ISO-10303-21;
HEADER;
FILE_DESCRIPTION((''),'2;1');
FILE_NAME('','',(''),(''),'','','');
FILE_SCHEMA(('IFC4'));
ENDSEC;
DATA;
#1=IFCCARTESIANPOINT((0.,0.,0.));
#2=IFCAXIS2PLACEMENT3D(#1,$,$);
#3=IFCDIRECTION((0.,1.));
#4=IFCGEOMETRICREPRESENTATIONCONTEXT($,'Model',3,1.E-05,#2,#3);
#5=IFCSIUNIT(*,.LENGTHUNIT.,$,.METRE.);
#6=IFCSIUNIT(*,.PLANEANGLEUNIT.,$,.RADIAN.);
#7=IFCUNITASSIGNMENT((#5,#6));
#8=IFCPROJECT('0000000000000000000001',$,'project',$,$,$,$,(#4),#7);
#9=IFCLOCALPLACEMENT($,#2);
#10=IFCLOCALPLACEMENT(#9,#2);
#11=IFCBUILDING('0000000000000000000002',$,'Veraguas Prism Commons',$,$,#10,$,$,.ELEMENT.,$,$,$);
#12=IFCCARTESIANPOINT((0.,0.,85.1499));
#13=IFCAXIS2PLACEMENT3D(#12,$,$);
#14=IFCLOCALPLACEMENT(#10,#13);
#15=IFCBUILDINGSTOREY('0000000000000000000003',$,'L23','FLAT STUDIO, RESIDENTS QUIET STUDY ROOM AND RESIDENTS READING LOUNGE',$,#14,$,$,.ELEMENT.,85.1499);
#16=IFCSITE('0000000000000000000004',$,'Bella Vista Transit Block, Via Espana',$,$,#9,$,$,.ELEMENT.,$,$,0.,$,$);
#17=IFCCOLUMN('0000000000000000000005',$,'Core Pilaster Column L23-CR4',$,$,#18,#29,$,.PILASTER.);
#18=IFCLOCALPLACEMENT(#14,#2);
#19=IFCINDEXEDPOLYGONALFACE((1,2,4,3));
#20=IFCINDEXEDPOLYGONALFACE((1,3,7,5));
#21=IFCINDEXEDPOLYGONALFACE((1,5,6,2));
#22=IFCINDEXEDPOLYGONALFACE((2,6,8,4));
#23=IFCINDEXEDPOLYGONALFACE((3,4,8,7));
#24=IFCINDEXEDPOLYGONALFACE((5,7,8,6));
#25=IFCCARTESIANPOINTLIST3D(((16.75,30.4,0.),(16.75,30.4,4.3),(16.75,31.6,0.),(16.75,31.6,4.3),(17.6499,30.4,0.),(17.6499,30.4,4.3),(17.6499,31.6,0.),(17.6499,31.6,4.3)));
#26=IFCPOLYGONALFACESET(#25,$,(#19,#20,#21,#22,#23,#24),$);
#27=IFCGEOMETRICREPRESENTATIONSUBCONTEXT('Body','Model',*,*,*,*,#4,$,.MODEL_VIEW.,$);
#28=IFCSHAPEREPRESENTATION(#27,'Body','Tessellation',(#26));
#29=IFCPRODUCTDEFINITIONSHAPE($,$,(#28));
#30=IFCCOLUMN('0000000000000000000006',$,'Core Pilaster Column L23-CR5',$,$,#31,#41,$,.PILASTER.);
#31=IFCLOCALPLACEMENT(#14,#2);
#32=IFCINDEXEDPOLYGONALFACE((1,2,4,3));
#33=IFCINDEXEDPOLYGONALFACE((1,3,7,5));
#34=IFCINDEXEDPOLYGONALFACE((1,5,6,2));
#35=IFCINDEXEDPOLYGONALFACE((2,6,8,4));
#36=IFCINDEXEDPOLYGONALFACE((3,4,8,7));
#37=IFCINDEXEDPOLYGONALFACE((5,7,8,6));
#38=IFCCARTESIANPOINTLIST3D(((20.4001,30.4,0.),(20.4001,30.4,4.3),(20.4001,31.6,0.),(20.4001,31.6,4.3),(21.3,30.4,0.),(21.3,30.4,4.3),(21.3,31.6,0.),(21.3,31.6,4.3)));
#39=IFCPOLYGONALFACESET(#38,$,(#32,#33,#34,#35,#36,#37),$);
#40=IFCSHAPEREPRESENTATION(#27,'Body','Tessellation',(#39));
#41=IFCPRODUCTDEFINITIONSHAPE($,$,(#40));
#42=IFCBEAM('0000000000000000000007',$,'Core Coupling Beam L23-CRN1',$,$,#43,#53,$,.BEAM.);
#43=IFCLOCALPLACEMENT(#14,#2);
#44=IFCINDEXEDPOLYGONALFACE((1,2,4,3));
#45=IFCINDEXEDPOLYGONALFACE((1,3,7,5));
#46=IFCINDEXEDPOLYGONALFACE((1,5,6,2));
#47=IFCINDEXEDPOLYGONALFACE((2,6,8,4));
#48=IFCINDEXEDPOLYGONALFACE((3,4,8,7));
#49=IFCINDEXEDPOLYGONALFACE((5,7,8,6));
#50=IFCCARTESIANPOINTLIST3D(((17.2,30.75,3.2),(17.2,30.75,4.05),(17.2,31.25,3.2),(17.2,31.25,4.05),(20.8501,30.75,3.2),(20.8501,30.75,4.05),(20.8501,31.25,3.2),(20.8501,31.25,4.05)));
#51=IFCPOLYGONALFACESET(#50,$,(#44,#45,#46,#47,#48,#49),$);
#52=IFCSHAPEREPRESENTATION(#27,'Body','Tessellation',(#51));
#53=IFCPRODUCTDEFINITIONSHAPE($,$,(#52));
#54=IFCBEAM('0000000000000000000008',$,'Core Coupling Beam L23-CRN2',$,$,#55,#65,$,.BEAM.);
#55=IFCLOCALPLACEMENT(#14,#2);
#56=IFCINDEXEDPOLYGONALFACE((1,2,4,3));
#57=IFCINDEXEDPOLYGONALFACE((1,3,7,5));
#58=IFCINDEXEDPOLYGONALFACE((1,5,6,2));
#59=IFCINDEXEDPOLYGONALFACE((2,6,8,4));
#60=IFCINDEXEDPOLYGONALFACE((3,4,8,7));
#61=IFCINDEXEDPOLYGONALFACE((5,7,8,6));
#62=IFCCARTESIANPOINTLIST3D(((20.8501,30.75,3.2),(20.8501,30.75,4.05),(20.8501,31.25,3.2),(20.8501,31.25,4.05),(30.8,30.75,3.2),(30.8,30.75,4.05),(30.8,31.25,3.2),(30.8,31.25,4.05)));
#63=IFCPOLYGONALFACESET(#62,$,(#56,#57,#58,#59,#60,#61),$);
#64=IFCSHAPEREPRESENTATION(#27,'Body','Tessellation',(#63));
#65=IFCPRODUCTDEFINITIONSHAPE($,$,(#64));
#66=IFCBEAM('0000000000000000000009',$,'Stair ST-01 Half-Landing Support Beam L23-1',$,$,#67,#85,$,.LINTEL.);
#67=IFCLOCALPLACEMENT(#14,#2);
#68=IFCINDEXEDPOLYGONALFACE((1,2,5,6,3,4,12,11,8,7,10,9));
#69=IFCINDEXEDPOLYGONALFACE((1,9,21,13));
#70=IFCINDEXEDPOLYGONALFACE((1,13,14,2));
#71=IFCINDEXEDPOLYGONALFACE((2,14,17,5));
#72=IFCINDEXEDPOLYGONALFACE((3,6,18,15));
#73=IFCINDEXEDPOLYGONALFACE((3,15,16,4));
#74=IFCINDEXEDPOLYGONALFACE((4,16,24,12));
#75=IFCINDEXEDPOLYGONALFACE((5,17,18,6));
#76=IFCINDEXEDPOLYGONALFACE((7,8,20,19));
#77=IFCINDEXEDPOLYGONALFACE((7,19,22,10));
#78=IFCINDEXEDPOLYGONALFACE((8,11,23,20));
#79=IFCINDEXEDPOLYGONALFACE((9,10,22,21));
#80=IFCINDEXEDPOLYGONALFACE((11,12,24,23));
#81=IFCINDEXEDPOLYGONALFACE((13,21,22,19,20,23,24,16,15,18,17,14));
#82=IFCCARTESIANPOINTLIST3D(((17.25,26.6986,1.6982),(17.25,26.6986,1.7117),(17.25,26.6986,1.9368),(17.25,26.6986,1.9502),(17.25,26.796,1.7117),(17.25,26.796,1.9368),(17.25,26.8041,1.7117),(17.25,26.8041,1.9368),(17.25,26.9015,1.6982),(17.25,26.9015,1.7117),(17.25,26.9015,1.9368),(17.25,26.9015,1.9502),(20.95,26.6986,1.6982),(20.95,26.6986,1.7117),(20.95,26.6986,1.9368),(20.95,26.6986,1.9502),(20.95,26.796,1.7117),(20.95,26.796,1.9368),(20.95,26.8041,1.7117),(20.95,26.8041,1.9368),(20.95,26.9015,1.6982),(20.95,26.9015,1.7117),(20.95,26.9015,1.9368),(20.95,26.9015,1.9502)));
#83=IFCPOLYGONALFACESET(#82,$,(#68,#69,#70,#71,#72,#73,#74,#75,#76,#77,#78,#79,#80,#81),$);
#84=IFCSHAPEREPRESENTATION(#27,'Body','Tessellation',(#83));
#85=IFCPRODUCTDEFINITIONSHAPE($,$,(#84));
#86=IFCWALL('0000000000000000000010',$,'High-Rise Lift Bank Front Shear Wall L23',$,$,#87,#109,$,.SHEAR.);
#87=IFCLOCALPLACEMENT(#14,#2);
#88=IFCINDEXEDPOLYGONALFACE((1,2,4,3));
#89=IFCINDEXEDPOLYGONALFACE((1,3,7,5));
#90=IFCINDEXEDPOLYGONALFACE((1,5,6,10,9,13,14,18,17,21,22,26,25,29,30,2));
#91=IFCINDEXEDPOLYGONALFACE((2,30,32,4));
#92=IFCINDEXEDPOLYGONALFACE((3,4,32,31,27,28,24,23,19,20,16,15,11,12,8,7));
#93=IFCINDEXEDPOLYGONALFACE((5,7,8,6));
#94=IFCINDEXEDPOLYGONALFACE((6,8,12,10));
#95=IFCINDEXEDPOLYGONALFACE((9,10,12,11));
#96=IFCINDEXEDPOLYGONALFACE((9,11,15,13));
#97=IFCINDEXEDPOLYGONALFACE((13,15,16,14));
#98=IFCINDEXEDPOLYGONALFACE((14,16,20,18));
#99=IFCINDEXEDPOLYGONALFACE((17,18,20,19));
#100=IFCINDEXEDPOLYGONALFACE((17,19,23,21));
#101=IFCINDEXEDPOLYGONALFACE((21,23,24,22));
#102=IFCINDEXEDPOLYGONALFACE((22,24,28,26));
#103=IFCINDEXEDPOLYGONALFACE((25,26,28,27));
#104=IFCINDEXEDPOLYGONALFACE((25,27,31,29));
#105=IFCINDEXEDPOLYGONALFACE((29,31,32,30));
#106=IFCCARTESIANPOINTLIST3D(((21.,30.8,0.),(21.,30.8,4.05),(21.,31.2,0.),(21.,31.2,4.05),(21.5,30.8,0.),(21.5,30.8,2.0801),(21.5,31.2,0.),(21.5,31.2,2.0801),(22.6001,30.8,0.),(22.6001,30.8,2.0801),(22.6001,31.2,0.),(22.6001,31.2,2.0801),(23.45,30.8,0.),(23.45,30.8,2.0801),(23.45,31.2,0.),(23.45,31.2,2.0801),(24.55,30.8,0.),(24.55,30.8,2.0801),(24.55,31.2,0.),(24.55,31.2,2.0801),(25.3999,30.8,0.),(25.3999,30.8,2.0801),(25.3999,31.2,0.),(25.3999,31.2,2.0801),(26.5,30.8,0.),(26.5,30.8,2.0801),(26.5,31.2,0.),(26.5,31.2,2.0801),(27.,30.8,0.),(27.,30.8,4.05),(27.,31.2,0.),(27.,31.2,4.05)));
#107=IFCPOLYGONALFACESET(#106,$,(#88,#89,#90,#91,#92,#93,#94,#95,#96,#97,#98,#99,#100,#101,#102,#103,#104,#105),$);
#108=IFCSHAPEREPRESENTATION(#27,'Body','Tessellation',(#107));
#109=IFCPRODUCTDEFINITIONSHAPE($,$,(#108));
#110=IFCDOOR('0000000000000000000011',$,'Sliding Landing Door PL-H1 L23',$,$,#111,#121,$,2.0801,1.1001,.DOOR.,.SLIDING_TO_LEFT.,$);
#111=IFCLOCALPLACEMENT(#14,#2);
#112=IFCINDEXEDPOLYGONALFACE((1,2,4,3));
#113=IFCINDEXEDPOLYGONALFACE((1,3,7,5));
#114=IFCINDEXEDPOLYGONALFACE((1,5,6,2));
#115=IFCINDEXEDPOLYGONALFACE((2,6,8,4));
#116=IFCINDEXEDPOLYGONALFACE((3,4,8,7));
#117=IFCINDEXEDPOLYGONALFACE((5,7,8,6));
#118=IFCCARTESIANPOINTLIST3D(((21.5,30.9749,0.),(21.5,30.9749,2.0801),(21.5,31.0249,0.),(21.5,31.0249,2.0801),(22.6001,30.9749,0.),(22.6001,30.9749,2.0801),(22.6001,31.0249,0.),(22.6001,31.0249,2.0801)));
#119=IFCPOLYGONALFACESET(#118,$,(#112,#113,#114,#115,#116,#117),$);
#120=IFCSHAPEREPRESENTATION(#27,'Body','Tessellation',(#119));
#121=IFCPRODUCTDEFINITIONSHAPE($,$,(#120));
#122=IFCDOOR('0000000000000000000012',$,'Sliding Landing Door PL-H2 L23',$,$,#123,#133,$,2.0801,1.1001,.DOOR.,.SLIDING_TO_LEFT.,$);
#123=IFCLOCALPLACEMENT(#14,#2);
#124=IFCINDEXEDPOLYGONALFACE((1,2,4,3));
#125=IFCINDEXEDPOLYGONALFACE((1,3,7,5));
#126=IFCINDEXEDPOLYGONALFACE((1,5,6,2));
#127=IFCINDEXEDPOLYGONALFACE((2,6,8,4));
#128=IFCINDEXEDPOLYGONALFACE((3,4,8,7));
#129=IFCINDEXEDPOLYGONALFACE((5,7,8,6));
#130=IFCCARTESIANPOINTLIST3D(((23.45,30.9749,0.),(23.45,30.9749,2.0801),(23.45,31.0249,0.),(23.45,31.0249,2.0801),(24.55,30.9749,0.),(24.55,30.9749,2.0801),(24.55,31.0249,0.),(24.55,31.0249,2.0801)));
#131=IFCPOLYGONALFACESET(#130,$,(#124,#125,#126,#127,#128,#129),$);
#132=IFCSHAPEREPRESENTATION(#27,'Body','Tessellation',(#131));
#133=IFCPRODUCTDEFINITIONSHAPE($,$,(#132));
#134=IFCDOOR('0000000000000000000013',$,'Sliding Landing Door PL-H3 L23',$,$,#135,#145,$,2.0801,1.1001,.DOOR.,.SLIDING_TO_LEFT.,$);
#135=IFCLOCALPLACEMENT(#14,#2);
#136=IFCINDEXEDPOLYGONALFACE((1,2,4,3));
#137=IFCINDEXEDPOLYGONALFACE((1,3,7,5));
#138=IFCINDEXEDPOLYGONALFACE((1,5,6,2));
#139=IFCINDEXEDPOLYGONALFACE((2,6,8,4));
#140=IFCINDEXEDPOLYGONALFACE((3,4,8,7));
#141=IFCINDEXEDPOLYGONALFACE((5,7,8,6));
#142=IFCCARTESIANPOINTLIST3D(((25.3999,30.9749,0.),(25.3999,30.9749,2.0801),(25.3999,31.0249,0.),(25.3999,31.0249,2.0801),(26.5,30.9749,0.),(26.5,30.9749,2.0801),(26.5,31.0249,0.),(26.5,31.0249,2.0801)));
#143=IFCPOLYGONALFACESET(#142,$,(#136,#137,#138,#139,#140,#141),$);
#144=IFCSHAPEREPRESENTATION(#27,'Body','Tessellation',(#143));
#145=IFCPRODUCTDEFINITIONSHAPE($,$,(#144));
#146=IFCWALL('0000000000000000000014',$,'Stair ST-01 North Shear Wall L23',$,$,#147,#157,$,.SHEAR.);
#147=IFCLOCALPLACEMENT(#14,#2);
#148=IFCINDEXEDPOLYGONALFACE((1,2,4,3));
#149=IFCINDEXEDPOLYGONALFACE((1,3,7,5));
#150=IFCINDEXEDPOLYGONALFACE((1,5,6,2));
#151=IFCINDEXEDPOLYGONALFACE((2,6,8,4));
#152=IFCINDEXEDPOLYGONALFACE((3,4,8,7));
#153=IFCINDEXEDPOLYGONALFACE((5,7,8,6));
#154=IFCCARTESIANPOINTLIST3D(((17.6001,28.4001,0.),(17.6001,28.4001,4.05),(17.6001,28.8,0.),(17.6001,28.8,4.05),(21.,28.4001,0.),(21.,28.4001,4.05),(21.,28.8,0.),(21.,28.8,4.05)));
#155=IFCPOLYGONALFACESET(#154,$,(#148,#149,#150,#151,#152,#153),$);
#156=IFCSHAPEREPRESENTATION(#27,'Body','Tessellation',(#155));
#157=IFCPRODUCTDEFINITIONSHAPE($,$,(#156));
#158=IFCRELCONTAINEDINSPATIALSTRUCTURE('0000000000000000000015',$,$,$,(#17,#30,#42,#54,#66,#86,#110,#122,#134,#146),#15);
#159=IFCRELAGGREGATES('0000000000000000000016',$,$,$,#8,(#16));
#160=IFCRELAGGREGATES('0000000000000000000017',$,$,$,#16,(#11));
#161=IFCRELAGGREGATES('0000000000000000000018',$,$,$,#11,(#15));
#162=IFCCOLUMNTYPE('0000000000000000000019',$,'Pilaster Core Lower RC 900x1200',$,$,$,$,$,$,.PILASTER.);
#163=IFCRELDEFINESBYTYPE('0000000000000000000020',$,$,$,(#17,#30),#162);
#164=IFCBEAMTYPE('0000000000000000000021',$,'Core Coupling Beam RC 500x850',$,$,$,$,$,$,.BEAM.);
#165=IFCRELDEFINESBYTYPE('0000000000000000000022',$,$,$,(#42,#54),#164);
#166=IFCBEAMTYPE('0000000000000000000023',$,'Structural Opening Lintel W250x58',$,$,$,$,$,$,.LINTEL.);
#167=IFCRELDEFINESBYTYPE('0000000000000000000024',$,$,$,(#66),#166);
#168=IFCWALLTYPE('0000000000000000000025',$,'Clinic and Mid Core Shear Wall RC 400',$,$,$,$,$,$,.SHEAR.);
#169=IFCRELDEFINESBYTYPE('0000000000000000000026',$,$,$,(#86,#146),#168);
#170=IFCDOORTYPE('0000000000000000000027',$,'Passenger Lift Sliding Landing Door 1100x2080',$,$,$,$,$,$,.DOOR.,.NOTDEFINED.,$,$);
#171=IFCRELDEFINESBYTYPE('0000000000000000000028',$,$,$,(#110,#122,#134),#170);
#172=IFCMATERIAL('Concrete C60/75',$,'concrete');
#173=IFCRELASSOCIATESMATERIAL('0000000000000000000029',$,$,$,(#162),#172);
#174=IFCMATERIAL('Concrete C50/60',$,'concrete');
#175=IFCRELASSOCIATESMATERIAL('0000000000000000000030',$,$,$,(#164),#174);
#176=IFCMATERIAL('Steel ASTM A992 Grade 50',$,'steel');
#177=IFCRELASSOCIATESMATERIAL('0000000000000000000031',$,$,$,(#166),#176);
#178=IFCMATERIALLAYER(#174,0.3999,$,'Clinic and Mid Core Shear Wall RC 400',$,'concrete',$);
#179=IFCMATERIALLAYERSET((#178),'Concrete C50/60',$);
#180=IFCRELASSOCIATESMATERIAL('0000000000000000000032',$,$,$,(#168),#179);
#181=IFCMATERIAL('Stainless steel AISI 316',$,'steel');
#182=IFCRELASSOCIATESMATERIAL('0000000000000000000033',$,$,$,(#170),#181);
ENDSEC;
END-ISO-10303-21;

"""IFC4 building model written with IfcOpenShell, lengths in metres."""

from ifc_helpers import new_model, si_unit, direction, frame, frame_2d, origin, origin_2d, place, context, subcontext, project, spatial, rectangle, i_section, extrude, source, transform, mapped, material, layer, layer_set, material_profile, profile_set, type_object, element, fill, save


model = new_model("IFC4")

# Units and contexts
model_context = context("Model", 3, precision=1e-05, world=origin(), true_north=direction((0.0, 1.0)))
body_context = subcontext(model_context, "Body", "Model", "MODEL_VIEW")
ifc_project = project(units=[si_unit("LENGTHUNIT", "METRE"), si_unit("PLANEANGLEUNIT", "RADIAN")], contexts=[model_context])

# Site, building, storey
site_placement = place(None, origin())
site = spatial("IfcSite", under=ifc_project, at=site_placement, Name="Bella Vista Transit Block, Via Espana", CompositionType="ELEMENT", RefElevation=0.0)
building_placement = place(site_placement, origin())
building = spatial("IfcBuilding", under=site, at=building_placement, Name="Veraguas Prism Commons", CompositionType="ELEMENT")
storey_placement = place(building_placement, frame((0.0, 0.0, 85.1499)))
storey = spatial("IfcBuildingStorey", under=building, at=storey_placement, Name="L23", Description="FLAT STUDIO, RESIDENTS QUIET STUDY ROOM AND RESIDENTS READING LOUNGE", CompositionType="ELEMENT", Elevation=85.1499)

# Columns
ifc_material_1 = material(Name="Concrete C60/75", Category="concrete")
ifc_material_profile_1 = material_profile(ifc_material_1, rectangle(XDim=0.8999, YDim=1.2, at=origin_2d()), Name="RC900X1200")
ifc_profile_set_1 = profile_set([ifc_material_profile_1], Name="Concrete C60/75")
column_type = type_object("IfcColumnType", Name="Pilaster Core Lower RC 900x1200", PredefinedType="PILASTER", material=ifc_profile_set_1)
for number, where, z_axis, x_axis, name in (
    (1, (17.2, 31.0, 0.0), (0.0, 0.0, 1.0), (1.0, 0.0, 0.0), "Core Pilaster Column L23-CR4"),
    (2, (20.8501, 31.0, 0.0), (0.0, 0.0, 1.0), (1.0, 0.0, 0.0), "Core Pilaster Column L23-CR5"),
):
    element("IfcColumn", number, at=place(storey_placement, frame(where, z_axis=z_axis, x_axis=x_axis)), inside=storey, type_object=column_type, Name=name, PredefinedType="PILASTER", context=body_context, shape_type="SweptSolid", body=[
        extrude(rectangle(XDim=0.8999, YDim=1.2, at=origin_2d()), origin(), (0.0, 0.0, 1.0), 4.3),
    ])

# Beams
ifc_material_2 = material(Name="Concrete C50/60", Category="concrete")
ifc_material_profile_2 = material_profile(ifc_material_2, rectangle(XDim=0.5, YDim=0.8501, at=origin_2d()), Name="RC500X850")
ifc_profile_set_2 = profile_set([ifc_material_profile_2], Name="Concrete C50/60")
beam_type_1 = type_object("IfcBeamType", Name="Core Coupling Beam RC 500x850", PredefinedType="BEAM", material=ifc_profile_set_2)
beam_1_placement = place(storey_placement, frame((17.2, 31.0, 3.625), z_axis=(1.0, 0.0, 0.0), x_axis=(0.0, 1.0, 0.0)))
element("IfcBeam", 3, at=beam_1_placement, inside=storey, type_object=beam_type_1, Name="Core Coupling Beam L23-CRN1", PredefinedType="BEAM", context=body_context, shape_type="SweptSolid", body=[
    extrude(rectangle(XDim=0.5, YDim=0.8501, at=origin_2d()), origin(), (0.0, 0.0, 1.0), 3.6501),
])
beam_2_placement = place(storey_placement, frame((20.8501, 31.0, 3.625), z_axis=(1.0, 0.0, 0.0), x_axis=(0.0, 1.0, 0.0)))
element("IfcBeam", 4, at=beam_2_placement, inside=storey, type_object=beam_type_1, Name="Core Coupling Beam L23-CRN2", PredefinedType="BEAM", context=body_context, shape_type="SweptSolid", body=[
    extrude(rectangle(XDim=0.5, YDim=0.8501, at=origin_2d()), origin(), (0.0, 0.0, 1.0), 9.95),
])
ifc_material_3 = material(Name="Steel ASTM A992 Grade 50", Category="steel")
ifc_material_profile_3 = material_profile(ifc_material_3, i_section(OverallWidth=0.2029, OverallDepth=0.252, WebThickness=0.0081, FlangeThickness=0.0134, at=origin_2d()), Name="W250X58")
ifc_profile_set_3 = profile_set([ifc_material_profile_3], Name="Steel ASTM A992 Grade 50")
beam_type_2 = type_object("IfcBeamType", Name="Structural Opening Lintel W250x58", PredefinedType="LINTEL", material=ifc_profile_set_3)
beam_3_placement = place(storey_placement, frame((17.25, 26.8, 1.8242), z_axis=(1.0, 0.0, 0.0), x_axis=(0.0, 1.0, 0.0)))
element("IfcBeam", 5, at=beam_3_placement, inside=storey, type_object=beam_type_2, Name="Stair ST-01 Half-Landing Support Beam L23-1", PredefinedType="LINTEL", context=body_context, shape_type="SweptSolid", body=[
    extrude(i_section(OverallWidth=0.2029, OverallDepth=0.252, WebThickness=0.0081, FlangeThickness=0.0134, at=origin_2d()), origin(), (0.0, 0.0, 1.0), 3.7),
])

# Wall, openings, doors
ifc_layer_1 = layer(ifc_material_2, 0.3999, Name="Clinic and Mid Core Shear Wall RC 400", Category="concrete")
ifc_layer_set_1 = layer_set([ifc_layer_1], Name="Concrete C50/60")
wall_type_1 = type_object("IfcWallType", Name="Clinic and Mid Core Shear Wall RC 400", PredefinedType="SHEAR", material=ifc_layer_set_1)
wall_1_placement = place(storey_placement, frame((21.0, 31.0, 0.0), z_axis=(0.0, 0.0, 1.0), x_axis=(1.0, 0.0, 0.0)))
wall_1 = element("IfcWall", 6, at=wall_1_placement, inside=storey, type_object=wall_type_1, Name="High-Rise Lift Bank Front Shear Wall L23", PredefinedType="SHEAR", context=body_context, shape_type="SweptSolid", body=[
    extrude(rectangle(XDim=6.0, YDim=0.3999, at=frame_2d((3.0, 0.0))), origin(), (0.0, 0.0, 1.0), 4.05),
])
opening_1_placement = place(wall_1_placement, frame((0.5, 0.0, 0.0)))
opening_1 = element("IfcOpeningElement", 7, at=opening_1_placement, cuts=wall_1, PredefinedType="OPENING", context=body_context, shape_type="SweptSolid", body=[
    extrude(rectangle(XDim=1.1001, YDim=2.0801, at=frame_2d((0.55, 1.04))), frame((0.0, 0.21, 0.0), z_axis=(0.0, -1.0, 0.0), x_axis=(1.0, 0.0, 0.0)), (0.0, 0.0, 1.0), 0.4199),
])
opening_2_placement = place(wall_1_placement, frame((2.45, 0.0, 0.0)))
opening_2 = element("IfcOpeningElement", 8, at=opening_2_placement, cuts=wall_1, PredefinedType="OPENING", context=body_context, shape_type="SweptSolid", body=[
    extrude(rectangle(XDim=1.1001, YDim=2.0801, at=frame_2d((0.55, 1.04))), frame((0.0, 0.21, 0.0), z_axis=(0.0, -1.0, 0.0), x_axis=(1.0, 0.0, 0.0)), (0.0, 0.0, 1.0), 0.4199),
])
opening_3_placement = place(wall_1_placement, frame((4.3999, 0.0, 0.0)))
opening_3 = element("IfcOpeningElement", 9, at=opening_3_placement, cuts=wall_1, PredefinedType="OPENING", context=body_context, shape_type="SweptSolid", body=[
    extrude(rectangle(XDim=1.1001, YDim=2.0801, at=frame_2d((0.55, 1.04))), frame((0.0, 0.21, 0.0), z_axis=(0.0, -1.0, 0.0), x_axis=(1.0, 0.0, 0.0)), (0.0, 0.0, 1.0), 0.4199),
])
ifc_material_4 = material(Name="Stainless steel AISI 316", Category="steel")
door_type_1 = type_object("IfcDoorType", Name="Passenger Lift Sliding Landing Door 1100x2080", OperationType="NOTDEFINED", PredefinedType="DOOR", material=ifc_material_4)
shared_shape_1 = source(origin(), body_context, "Body", "SweptSolid", [
    extrude(rectangle(XDim=1.1001, YDim=2.0801, at=frame_2d((0.55, 1.04))), frame((0.0, 0.0249, 0.0), z_axis=(0.0, -1.0, 0.0), x_axis=(1.0, 0.0, 0.0)), (0.0, 0.0, 1.0), 0.05),
])
door_1_placement = place(opening_1_placement, origin())
door_1 = element("IfcDoor", 10, at=door_1_placement, inside=storey, type_object=door_type_1, Name="Sliding Landing Door PL-H1 L23", OperationType="SLIDING_TO_LEFT", OverallHeight=2.0801, OverallWidth=1.1001, PredefinedType="DOOR", context=body_context, shape_type="MappedRepresentation", body=[
    mapped(shared_shape_1, transform((0.0, 0.0, 0.0), scale=1.0)),
])
fill(opening_1, door_1)
door_2_placement = place(opening_2_placement, origin())
door_2 = element("IfcDoor", 11, at=door_2_placement, inside=storey, type_object=door_type_1, Name="Sliding Landing Door PL-H2 L23", OperationType="SLIDING_TO_LEFT", OverallHeight=2.0801, OverallWidth=1.1001, PredefinedType="DOOR", context=body_context, shape_type="MappedRepresentation", body=[
    mapped(shared_shape_1, transform((0.0, 0.0, 0.0), scale=1.0)),
])
fill(opening_2, door_2)
door_3_placement = place(opening_3_placement, origin())
door_3 = element("IfcDoor", 12, at=door_3_placement, inside=storey, type_object=door_type_1, Name="Sliding Landing Door PL-H3 L23", OperationType="SLIDING_TO_LEFT", OverallHeight=2.0801, OverallWidth=1.1001, PredefinedType="DOOR", context=body_context, shape_type="MappedRepresentation", body=[
    mapped(shared_shape_1, transform((0.0, 0.0, 0.0), scale=1.0)),
])
fill(opening_3, door_3)

# Wall
wall_2_placement = place(storey_placement, frame((17.6001, 28.6001, 0.0), z_axis=(0.0, 0.0, 1.0), x_axis=(1.0, 0.0, 0.0)))
element("IfcWall", 13, at=wall_2_placement, inside=storey, type_object=wall_type_1, Name="Stair ST-01 North Shear Wall L23", PredefinedType="SHEAR", context=body_context, shape_type="SweptSolid", body=[
    extrude(rectangle(XDim=3.3999, YDim=0.3999, at=frame_2d((1.7, 0.0))), origin(), (0.0, 0.0, 1.0), 4.05),
])

save(model, "model.ifc")
